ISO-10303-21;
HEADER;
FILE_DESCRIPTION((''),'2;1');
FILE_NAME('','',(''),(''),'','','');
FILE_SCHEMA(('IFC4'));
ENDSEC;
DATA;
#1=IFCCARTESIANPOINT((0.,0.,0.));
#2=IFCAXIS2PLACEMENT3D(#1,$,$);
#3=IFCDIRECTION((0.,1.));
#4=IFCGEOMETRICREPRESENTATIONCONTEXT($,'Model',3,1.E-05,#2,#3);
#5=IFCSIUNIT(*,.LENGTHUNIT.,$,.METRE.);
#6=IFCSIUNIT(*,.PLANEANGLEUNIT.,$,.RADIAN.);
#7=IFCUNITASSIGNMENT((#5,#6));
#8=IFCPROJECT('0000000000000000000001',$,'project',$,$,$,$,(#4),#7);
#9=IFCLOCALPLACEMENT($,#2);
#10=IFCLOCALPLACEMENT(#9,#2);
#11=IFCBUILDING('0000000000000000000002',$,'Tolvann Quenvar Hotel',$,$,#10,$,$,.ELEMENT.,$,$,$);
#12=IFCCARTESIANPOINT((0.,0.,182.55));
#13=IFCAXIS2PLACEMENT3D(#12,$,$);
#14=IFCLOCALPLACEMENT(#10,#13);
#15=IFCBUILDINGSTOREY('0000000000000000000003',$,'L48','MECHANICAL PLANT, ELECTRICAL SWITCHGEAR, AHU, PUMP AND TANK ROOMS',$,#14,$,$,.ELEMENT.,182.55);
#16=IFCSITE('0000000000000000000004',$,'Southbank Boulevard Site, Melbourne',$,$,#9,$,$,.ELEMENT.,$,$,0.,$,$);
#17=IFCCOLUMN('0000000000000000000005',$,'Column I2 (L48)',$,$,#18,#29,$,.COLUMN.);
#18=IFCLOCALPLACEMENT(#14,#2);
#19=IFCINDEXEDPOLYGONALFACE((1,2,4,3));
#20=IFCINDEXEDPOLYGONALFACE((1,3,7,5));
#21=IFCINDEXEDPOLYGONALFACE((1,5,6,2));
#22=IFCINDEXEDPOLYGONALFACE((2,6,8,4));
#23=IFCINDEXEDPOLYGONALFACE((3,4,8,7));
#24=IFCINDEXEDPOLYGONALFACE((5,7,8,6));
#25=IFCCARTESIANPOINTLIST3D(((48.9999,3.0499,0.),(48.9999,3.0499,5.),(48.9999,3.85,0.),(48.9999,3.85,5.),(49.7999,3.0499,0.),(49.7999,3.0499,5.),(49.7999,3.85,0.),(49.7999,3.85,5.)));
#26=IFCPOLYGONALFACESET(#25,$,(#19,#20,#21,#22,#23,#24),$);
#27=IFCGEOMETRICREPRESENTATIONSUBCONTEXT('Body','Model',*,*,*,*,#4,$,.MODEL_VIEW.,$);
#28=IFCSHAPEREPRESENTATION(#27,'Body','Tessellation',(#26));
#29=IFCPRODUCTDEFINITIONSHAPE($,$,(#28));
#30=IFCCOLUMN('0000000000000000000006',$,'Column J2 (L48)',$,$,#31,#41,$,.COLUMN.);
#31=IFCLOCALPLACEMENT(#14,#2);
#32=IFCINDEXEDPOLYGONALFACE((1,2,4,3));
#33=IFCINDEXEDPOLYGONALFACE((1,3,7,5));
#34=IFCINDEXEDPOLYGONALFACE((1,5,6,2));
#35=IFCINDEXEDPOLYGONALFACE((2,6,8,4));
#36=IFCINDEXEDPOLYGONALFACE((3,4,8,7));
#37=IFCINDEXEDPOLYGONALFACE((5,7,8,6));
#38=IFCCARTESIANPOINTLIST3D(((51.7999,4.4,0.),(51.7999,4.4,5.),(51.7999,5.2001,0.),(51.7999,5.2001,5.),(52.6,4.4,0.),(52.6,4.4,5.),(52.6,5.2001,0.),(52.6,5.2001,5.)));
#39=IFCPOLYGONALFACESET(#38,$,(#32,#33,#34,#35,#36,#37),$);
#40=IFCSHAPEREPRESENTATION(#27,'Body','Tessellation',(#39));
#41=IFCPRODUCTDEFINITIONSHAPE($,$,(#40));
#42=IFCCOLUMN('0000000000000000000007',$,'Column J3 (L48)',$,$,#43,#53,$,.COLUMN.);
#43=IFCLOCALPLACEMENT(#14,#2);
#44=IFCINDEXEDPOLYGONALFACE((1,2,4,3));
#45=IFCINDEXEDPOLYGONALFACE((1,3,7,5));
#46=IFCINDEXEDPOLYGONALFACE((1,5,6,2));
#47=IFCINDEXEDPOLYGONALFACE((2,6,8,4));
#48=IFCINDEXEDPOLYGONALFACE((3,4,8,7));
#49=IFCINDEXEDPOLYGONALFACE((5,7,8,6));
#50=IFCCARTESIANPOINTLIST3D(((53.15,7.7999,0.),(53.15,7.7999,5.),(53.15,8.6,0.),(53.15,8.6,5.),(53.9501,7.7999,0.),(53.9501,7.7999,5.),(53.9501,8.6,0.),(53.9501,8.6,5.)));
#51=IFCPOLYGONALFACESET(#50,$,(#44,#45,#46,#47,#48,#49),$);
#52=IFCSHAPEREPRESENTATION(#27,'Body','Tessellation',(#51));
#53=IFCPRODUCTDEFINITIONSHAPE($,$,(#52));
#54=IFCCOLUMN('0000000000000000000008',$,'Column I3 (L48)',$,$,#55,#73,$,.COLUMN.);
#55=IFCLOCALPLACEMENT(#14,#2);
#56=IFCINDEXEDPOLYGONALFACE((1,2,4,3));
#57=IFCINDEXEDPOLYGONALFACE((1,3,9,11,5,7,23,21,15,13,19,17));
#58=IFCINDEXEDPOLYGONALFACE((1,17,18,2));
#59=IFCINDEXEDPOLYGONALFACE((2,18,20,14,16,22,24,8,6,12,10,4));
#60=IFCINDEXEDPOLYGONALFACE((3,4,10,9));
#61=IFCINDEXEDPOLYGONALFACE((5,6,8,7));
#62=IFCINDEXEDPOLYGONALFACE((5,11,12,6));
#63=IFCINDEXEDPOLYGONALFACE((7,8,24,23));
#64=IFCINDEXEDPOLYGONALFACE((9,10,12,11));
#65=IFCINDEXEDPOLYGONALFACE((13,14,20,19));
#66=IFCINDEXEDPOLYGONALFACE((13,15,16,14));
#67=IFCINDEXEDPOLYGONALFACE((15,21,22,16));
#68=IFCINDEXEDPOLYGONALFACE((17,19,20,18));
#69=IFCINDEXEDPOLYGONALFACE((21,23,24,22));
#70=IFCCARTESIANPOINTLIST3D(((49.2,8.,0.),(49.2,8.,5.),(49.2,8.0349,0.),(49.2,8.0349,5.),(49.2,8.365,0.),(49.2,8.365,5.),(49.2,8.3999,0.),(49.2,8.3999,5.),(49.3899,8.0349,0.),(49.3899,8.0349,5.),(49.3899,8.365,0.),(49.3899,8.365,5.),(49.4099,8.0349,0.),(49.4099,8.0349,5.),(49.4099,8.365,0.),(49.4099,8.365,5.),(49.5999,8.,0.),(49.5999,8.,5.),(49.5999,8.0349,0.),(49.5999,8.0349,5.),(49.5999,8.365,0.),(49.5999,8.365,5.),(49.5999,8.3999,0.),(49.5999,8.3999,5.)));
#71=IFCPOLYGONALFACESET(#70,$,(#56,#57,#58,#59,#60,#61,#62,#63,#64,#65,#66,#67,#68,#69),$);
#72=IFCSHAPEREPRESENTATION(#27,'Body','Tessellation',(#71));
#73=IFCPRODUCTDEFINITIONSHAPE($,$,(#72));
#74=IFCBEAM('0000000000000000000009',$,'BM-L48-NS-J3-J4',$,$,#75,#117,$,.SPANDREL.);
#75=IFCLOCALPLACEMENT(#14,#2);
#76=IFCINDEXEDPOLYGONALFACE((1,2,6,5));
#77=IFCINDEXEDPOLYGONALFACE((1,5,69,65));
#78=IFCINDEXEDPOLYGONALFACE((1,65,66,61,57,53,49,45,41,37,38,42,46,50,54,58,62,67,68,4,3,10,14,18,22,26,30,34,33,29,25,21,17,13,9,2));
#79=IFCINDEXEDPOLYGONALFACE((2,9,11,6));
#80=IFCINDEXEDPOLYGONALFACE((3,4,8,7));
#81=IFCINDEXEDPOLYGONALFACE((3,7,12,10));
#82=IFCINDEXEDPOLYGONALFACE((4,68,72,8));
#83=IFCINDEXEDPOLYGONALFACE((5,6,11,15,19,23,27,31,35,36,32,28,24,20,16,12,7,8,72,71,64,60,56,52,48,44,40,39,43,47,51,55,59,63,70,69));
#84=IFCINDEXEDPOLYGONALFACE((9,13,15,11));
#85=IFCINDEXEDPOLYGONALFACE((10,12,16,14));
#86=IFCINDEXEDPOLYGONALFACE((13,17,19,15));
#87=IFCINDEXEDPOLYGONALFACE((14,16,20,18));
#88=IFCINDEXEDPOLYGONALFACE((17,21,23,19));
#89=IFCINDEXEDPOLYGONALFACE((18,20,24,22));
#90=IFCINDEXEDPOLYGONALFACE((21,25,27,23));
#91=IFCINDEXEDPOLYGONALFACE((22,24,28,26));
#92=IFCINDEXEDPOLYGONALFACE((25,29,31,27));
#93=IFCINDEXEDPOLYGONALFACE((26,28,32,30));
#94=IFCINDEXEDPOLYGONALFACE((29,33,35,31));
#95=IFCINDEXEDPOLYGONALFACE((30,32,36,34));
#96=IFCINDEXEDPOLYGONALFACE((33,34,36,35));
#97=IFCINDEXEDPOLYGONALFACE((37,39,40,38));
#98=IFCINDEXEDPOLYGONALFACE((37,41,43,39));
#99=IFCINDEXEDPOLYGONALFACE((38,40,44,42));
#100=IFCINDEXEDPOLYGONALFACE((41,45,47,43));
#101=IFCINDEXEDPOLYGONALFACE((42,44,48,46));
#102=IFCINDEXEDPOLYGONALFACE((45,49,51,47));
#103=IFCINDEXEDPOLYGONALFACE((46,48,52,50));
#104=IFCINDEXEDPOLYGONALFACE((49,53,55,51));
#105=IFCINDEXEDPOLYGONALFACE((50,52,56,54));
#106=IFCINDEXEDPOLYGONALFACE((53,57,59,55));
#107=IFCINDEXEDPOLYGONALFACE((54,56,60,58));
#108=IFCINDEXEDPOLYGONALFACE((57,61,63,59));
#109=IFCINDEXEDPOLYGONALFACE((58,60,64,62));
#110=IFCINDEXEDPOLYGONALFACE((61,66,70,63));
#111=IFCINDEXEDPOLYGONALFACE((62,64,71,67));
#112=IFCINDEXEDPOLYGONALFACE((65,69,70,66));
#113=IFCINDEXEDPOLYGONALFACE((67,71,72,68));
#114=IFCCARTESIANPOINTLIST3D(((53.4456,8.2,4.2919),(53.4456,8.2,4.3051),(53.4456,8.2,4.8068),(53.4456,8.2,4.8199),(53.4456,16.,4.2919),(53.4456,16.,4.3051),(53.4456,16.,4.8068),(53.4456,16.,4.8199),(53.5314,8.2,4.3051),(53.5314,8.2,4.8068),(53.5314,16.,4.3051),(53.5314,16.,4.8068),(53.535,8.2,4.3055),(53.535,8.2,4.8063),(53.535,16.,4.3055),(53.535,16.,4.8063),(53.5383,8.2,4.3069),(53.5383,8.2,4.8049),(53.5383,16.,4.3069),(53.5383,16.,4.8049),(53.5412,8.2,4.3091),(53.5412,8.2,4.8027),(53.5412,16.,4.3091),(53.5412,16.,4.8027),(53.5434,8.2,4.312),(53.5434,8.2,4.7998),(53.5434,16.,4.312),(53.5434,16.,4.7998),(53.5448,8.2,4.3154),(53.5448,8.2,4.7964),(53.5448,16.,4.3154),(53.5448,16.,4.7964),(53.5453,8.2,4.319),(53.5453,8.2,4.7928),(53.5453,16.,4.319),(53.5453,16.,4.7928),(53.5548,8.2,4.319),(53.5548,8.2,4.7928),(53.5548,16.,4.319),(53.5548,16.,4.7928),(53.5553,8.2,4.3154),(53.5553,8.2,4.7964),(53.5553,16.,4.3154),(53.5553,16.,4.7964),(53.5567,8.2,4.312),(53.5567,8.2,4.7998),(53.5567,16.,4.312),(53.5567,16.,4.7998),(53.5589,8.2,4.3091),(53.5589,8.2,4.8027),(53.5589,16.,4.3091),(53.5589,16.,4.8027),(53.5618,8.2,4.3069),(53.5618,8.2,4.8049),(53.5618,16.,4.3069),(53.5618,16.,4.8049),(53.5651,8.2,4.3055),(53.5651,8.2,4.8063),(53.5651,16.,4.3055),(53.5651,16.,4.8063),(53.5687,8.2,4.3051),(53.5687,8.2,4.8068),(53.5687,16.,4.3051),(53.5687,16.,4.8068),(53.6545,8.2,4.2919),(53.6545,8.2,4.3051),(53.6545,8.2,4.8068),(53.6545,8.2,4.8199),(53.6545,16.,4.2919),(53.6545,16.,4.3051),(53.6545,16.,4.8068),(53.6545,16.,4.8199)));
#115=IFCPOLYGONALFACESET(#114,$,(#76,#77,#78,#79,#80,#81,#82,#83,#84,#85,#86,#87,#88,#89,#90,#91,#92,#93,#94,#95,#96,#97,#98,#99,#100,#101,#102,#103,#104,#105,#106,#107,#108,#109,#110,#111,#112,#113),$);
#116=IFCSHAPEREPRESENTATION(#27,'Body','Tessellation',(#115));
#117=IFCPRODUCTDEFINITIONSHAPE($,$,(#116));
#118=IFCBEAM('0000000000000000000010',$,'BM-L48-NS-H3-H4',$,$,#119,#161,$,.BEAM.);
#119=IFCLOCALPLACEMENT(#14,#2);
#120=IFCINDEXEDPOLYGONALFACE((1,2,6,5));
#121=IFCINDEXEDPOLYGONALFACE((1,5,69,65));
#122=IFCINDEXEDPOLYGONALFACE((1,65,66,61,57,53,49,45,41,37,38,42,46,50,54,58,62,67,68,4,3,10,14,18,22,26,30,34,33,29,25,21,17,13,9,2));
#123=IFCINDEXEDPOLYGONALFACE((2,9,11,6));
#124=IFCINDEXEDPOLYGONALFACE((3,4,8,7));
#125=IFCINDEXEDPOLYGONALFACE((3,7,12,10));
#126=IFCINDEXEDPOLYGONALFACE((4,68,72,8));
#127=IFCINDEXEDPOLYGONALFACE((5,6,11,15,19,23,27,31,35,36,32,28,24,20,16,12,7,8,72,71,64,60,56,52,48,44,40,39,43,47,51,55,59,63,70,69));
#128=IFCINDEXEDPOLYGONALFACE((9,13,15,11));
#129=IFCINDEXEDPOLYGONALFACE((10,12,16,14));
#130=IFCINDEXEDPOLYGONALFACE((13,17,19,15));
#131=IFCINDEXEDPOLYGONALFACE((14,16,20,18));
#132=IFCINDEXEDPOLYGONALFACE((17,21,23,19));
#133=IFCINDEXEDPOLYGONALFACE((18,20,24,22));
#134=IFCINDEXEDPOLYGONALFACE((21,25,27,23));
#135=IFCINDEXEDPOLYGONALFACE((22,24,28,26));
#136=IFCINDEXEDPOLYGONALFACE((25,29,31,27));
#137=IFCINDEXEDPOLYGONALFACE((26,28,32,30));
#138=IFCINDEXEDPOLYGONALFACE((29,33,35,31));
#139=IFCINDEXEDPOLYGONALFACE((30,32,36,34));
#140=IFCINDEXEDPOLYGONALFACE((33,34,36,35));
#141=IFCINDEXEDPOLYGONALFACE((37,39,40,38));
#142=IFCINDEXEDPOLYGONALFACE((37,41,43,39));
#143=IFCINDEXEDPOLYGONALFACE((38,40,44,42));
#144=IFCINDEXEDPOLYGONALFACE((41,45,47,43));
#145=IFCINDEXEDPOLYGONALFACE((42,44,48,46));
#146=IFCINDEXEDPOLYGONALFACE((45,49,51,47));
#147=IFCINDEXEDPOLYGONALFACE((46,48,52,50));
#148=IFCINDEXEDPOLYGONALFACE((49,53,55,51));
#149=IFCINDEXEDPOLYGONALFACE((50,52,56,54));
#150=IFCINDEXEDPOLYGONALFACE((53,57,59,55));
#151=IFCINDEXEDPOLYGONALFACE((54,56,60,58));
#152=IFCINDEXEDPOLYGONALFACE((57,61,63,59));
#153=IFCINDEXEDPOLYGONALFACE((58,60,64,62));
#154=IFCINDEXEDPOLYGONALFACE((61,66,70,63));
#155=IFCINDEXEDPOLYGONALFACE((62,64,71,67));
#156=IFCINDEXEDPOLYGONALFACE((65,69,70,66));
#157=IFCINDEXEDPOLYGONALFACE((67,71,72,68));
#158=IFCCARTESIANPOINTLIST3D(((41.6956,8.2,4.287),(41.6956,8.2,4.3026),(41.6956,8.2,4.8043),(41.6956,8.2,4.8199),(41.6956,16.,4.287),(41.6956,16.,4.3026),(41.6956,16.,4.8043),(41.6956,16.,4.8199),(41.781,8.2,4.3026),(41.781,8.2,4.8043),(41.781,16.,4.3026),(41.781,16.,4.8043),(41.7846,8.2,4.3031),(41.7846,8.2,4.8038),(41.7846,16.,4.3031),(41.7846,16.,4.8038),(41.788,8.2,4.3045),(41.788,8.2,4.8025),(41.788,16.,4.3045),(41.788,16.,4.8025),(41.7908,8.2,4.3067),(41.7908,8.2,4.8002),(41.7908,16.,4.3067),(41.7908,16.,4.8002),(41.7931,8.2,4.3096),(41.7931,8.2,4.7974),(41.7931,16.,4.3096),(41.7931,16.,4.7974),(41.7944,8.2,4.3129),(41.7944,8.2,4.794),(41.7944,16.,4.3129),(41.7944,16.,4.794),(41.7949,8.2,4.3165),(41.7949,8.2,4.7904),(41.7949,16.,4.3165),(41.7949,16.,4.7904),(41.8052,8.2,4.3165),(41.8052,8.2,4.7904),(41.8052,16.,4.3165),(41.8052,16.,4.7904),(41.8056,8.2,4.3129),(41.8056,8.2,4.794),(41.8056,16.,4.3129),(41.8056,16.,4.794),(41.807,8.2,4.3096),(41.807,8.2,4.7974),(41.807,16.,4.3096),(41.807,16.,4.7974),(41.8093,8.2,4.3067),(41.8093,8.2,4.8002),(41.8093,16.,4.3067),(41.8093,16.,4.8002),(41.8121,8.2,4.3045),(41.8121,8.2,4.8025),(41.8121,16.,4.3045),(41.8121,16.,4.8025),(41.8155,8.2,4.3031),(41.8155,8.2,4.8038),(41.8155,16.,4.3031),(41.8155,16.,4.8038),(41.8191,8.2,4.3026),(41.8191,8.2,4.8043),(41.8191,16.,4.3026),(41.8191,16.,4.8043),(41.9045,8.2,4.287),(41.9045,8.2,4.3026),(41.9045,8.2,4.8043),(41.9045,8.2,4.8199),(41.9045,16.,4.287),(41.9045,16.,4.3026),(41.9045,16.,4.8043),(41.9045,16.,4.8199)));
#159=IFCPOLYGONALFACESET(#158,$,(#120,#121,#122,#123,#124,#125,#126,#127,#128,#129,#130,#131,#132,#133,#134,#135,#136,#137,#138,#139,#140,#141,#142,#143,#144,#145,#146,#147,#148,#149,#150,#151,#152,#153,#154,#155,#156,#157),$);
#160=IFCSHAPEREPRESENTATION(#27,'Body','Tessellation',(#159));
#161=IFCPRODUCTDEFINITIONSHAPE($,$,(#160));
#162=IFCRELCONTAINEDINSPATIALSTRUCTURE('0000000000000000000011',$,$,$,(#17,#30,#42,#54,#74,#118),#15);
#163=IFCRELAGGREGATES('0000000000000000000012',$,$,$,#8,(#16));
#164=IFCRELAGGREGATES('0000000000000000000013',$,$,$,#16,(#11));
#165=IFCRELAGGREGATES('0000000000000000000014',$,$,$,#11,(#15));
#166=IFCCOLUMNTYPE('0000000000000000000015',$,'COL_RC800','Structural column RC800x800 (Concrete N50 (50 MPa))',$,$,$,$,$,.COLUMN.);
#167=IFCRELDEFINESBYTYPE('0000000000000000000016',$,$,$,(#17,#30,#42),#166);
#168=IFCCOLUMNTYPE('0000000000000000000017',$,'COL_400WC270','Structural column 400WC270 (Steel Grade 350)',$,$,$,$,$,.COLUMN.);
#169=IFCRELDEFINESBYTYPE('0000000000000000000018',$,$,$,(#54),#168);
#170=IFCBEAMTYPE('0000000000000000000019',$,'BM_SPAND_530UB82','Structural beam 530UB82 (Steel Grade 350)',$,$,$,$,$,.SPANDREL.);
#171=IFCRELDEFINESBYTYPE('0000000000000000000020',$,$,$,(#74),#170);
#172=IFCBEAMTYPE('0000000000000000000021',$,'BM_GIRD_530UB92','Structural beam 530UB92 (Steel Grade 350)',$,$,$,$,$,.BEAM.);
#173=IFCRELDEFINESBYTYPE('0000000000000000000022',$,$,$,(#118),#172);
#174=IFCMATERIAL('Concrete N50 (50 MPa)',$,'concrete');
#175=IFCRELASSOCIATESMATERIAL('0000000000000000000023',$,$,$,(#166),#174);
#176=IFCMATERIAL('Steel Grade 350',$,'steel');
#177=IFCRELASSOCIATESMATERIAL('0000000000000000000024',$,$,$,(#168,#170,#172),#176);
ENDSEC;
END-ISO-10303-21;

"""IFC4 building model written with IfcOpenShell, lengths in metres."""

from ifc_helpers import new_model, si_unit, direction, frame, origin, origin_2d, place, context, subcontext, project, spatial, rectangle, i_section, extrude, source, transform, mapped, material, material_profile, profile_set, type_object, type_shapes, element, save


model = new_model("IFC4")

# Units and contexts
model_context = context("Model", 3, precision=1e-05, world=origin(), true_north=direction((0.0, 1.0)))
body_context = subcontext(model_context, "Body", "Model", "MODEL_VIEW")
ifc_project = project(units=[si_unit("LENGTHUNIT", "METRE"), si_unit("PLANEANGLEUNIT", "RADIAN")], contexts=[model_context])

# Site, building, storey
site_placement = place(None, origin())
site = spatial("IfcSite", under=ifc_project, at=site_placement, Name="Southbank Boulevard Site, Melbourne", CompositionType="ELEMENT", RefElevation=0.0)
building_placement = place(site_placement, origin())
building = spatial("IfcBuilding", under=site, at=building_placement, Name="Tolvann Quenvar Hotel", CompositionType="ELEMENT")
storey_placement = place(building_placement, frame((0.0, 0.0, 182.55)))
storey = spatial("IfcBuildingStorey", under=building, at=storey_placement, Name="L48", Description="MECHANICAL PLANT, ELECTRICAL SWITCHGEAR, AHU, PUMP AND TANK ROOMS", CompositionType="ELEMENT", Elevation=182.55)

# Columns
ifc_material_1 = material(Name="Concrete N50 (50 MPa)", Category="concrete")
ifc_material_profile_1 = material_profile(ifc_material_1, rectangle(XDim=0.8, YDim=0.8, at=origin_2d()), Name="RC800x800")
ifc_profile_set_1 = profile_set([ifc_material_profile_1], Name="Concrete N50 (50 MPa)")
column_type_1 = type_object("IfcColumnType", Name="COL_RC800", Description="Structural column RC800x800 (Concrete N50 (50 MPa))", PredefinedType="COLUMN", material=ifc_profile_set_1)
shared_shape_1 = source(origin(), body_context, "Body", "SweptSolid", [
    extrude(rectangle(XDim=0.8, YDim=0.8, at=origin_2d()), origin(), (0.0, 0.0, 1.0), 5.0),
])
type_shapes(column_type_1, [shared_shape_1])
for number, where, z_axis, x_axis, name in (
    (1, (49.3999, 3.45, 0.0), (0.0, 0.0, 1.0), (1.0, 0.0, 0.0), "Column I2 (L48)"),
    (2, (52.2, 4.8, 0.0), (0.0, 0.0, 1.0), (1.0, 0.0, 0.0), "Column J2 (L48)"),
    (3, (53.55, 8.2, 0.0), (0.0, 0.0, 1.0), (1.0, 0.0, 0.0), "Column J3 (L48)"),
):
    element("IfcColumn", number, at=place(storey_placement, frame(where, z_axis=z_axis, x_axis=x_axis)), inside=storey, type_object=column_type_1, Name=name, PredefinedType="COLUMN", context=body_context, shape_type="MappedRepresentation", body=[
        mapped(shared_shape_1, transform((0.0, 0.0, 0.0), x_axis=(1.0, 0.0, 0.0), y_axis=(0.0, 1.0, 0.0), z_axis=(0.0, 0.0, 1.0), scale=1.0)),
    ])
ifc_material_2 = material(Name="Steel Grade 350", Category="steel")
ifc_material_profile_2 = material_profile(ifc_material_2, i_section(OverallWidth=0.3999, OverallDepth=0.3999, WebThickness=0.02, FlangeThickness=0.0349, at=origin_2d()), Name="400WC270")
ifc_profile_set_2 = profile_set([ifc_material_profile_2], Name="Steel Grade 350")
column_type_2 = type_object("IfcColumnType", Name="COL_400WC270", Description="Structural column 400WC270 (Steel Grade 350)", PredefinedType="COLUMN", material=ifc_profile_set_2)
shared_shape_2 = source(origin(), body_context, "Body", "SweptSolid", [
    extrude(i_section(OverallWidth=0.3999, OverallDepth=0.3999, WebThickness=0.02, FlangeThickness=0.0349, at=origin_2d()), origin(), (0.0, 0.0, 1.0), 5.0),
])
type_shapes(column_type_2, [shared_shape_2])
column_placement = place(storey_placement, frame((49.3999, 8.2, 0.0), z_axis=(0.0, 0.0, 1.0), x_axis=(1.0, 0.0, 0.0)))
element("IfcColumn", 4, at=column_placement, inside=storey, type_object=column_type_2, Name="Column I3 (L48)", PredefinedType="COLUMN", context=body_context, shape_type="MappedRepresentation", body=[
    mapped(shared_shape_2, transform((0.0, 0.0, 0.0), x_axis=(1.0, 0.0, 0.0), y_axis=(0.0, 1.0, 0.0), z_axis=(0.0, 0.0, 1.0), scale=1.0)),
])

# Beams
ifc_material_profile_3 = material_profile(ifc_material_2, i_section(OverallWidth=0.209, OverallDepth=0.5281, WebThickness=0.0095, FlangeThickness=0.0132, FilletRadius=0.0139, at=origin_2d()), Name="530UB82")
ifc_profile_set_3 = profile_set([ifc_material_profile_3], Name="Steel Grade 350")
beam_type_1 = type_object("IfcBeamType", Name="BM_SPAND_530UB82", Description="Structural beam 530UB82 (Steel Grade 350)", PredefinedType="SPANDREL", material=ifc_profile_set_3)
shared_shape_3 = source(origin(), body_context, "Body", "SweptSolid", [
    extrude(i_section(OverallWidth=0.209, OverallDepth=0.5281, WebThickness=0.0095, FlangeThickness=0.0132, FilletRadius=0.0139, at=origin_2d()), origin(), (0.0, 0.0, 1.0), 7.8),
])
beam_1_placement = place(storey_placement, frame((53.55, 8.2, 4.5559), z_axis=(0.0, 1.0, 0.0), x_axis=(-1.0, 0.0, 0.0)))
element("IfcBeam", 5, at=beam_1_placement, inside=storey, type_object=beam_type_1, Name="BM-L48-NS-J3-J4", PredefinedType="SPANDREL", context=body_context, shape_type="MappedRepresentation", body=[
    mapped(shared_shape_3, transform((0.0, 0.0, 0.0), x_axis=(1.0, 0.0, 0.0), y_axis=(0.0, 1.0, 0.0), z_axis=(0.0, 0.0, 1.0), scale=1.0)),
])
ifc_material_profile_4 = material_profile(ifc_material_2, i_section(OverallWidth=0.209, OverallDepth=0.533, WebThickness=0.0103, FlangeThickness=0.0156, FilletRadius=0.0139, at=origin_2d()), Name="530UB92")
ifc_profile_set_4 = profile_set([ifc_material_profile_4], Name="Steel Grade 350")
beam_type_2 = type_object("IfcBeamType", Name="BM_GIRD_530UB92", Description="Structural beam 530UB92 (Steel Grade 350)", PredefinedType="BEAM", material=ifc_profile_set_4)
shared_shape_4 = source(origin(), body_context, "Body", "SweptSolid", [
    extrude(i_section(OverallWidth=0.209, OverallDepth=0.533, WebThickness=0.0103, FlangeThickness=0.0156, FilletRadius=0.0139, at=origin_2d()), origin(), (0.0, 0.0, 1.0), 7.8),
])
for number, where, z_axis, x_axis, name in (
    (6, (41.8, 8.2, 4.5535), (0.0, 1.0, 0.0), (-1.0, 0.0, 0.0), "BM-L48-NS-H3-H4"),
):
    element("IfcBeam", number, at=place(storey_placement, frame(where, z_axis=z_axis, x_axis=x_axis)), inside=storey, type_object=beam_type_2, Name=name, PredefinedType="BEAM", context=body_context, shape_type="MappedRepresentation", body=[
        mapped(shared_shape_4, transform((0.0, 0.0, 0.0), x_axis=(1.0, 0.0, 0.0), y_axis=(0.0, 1.0, 0.0), z_axis=(0.0, 0.0, 1.0), scale=1.0)),
    ])

save(model, "model.ifc")
